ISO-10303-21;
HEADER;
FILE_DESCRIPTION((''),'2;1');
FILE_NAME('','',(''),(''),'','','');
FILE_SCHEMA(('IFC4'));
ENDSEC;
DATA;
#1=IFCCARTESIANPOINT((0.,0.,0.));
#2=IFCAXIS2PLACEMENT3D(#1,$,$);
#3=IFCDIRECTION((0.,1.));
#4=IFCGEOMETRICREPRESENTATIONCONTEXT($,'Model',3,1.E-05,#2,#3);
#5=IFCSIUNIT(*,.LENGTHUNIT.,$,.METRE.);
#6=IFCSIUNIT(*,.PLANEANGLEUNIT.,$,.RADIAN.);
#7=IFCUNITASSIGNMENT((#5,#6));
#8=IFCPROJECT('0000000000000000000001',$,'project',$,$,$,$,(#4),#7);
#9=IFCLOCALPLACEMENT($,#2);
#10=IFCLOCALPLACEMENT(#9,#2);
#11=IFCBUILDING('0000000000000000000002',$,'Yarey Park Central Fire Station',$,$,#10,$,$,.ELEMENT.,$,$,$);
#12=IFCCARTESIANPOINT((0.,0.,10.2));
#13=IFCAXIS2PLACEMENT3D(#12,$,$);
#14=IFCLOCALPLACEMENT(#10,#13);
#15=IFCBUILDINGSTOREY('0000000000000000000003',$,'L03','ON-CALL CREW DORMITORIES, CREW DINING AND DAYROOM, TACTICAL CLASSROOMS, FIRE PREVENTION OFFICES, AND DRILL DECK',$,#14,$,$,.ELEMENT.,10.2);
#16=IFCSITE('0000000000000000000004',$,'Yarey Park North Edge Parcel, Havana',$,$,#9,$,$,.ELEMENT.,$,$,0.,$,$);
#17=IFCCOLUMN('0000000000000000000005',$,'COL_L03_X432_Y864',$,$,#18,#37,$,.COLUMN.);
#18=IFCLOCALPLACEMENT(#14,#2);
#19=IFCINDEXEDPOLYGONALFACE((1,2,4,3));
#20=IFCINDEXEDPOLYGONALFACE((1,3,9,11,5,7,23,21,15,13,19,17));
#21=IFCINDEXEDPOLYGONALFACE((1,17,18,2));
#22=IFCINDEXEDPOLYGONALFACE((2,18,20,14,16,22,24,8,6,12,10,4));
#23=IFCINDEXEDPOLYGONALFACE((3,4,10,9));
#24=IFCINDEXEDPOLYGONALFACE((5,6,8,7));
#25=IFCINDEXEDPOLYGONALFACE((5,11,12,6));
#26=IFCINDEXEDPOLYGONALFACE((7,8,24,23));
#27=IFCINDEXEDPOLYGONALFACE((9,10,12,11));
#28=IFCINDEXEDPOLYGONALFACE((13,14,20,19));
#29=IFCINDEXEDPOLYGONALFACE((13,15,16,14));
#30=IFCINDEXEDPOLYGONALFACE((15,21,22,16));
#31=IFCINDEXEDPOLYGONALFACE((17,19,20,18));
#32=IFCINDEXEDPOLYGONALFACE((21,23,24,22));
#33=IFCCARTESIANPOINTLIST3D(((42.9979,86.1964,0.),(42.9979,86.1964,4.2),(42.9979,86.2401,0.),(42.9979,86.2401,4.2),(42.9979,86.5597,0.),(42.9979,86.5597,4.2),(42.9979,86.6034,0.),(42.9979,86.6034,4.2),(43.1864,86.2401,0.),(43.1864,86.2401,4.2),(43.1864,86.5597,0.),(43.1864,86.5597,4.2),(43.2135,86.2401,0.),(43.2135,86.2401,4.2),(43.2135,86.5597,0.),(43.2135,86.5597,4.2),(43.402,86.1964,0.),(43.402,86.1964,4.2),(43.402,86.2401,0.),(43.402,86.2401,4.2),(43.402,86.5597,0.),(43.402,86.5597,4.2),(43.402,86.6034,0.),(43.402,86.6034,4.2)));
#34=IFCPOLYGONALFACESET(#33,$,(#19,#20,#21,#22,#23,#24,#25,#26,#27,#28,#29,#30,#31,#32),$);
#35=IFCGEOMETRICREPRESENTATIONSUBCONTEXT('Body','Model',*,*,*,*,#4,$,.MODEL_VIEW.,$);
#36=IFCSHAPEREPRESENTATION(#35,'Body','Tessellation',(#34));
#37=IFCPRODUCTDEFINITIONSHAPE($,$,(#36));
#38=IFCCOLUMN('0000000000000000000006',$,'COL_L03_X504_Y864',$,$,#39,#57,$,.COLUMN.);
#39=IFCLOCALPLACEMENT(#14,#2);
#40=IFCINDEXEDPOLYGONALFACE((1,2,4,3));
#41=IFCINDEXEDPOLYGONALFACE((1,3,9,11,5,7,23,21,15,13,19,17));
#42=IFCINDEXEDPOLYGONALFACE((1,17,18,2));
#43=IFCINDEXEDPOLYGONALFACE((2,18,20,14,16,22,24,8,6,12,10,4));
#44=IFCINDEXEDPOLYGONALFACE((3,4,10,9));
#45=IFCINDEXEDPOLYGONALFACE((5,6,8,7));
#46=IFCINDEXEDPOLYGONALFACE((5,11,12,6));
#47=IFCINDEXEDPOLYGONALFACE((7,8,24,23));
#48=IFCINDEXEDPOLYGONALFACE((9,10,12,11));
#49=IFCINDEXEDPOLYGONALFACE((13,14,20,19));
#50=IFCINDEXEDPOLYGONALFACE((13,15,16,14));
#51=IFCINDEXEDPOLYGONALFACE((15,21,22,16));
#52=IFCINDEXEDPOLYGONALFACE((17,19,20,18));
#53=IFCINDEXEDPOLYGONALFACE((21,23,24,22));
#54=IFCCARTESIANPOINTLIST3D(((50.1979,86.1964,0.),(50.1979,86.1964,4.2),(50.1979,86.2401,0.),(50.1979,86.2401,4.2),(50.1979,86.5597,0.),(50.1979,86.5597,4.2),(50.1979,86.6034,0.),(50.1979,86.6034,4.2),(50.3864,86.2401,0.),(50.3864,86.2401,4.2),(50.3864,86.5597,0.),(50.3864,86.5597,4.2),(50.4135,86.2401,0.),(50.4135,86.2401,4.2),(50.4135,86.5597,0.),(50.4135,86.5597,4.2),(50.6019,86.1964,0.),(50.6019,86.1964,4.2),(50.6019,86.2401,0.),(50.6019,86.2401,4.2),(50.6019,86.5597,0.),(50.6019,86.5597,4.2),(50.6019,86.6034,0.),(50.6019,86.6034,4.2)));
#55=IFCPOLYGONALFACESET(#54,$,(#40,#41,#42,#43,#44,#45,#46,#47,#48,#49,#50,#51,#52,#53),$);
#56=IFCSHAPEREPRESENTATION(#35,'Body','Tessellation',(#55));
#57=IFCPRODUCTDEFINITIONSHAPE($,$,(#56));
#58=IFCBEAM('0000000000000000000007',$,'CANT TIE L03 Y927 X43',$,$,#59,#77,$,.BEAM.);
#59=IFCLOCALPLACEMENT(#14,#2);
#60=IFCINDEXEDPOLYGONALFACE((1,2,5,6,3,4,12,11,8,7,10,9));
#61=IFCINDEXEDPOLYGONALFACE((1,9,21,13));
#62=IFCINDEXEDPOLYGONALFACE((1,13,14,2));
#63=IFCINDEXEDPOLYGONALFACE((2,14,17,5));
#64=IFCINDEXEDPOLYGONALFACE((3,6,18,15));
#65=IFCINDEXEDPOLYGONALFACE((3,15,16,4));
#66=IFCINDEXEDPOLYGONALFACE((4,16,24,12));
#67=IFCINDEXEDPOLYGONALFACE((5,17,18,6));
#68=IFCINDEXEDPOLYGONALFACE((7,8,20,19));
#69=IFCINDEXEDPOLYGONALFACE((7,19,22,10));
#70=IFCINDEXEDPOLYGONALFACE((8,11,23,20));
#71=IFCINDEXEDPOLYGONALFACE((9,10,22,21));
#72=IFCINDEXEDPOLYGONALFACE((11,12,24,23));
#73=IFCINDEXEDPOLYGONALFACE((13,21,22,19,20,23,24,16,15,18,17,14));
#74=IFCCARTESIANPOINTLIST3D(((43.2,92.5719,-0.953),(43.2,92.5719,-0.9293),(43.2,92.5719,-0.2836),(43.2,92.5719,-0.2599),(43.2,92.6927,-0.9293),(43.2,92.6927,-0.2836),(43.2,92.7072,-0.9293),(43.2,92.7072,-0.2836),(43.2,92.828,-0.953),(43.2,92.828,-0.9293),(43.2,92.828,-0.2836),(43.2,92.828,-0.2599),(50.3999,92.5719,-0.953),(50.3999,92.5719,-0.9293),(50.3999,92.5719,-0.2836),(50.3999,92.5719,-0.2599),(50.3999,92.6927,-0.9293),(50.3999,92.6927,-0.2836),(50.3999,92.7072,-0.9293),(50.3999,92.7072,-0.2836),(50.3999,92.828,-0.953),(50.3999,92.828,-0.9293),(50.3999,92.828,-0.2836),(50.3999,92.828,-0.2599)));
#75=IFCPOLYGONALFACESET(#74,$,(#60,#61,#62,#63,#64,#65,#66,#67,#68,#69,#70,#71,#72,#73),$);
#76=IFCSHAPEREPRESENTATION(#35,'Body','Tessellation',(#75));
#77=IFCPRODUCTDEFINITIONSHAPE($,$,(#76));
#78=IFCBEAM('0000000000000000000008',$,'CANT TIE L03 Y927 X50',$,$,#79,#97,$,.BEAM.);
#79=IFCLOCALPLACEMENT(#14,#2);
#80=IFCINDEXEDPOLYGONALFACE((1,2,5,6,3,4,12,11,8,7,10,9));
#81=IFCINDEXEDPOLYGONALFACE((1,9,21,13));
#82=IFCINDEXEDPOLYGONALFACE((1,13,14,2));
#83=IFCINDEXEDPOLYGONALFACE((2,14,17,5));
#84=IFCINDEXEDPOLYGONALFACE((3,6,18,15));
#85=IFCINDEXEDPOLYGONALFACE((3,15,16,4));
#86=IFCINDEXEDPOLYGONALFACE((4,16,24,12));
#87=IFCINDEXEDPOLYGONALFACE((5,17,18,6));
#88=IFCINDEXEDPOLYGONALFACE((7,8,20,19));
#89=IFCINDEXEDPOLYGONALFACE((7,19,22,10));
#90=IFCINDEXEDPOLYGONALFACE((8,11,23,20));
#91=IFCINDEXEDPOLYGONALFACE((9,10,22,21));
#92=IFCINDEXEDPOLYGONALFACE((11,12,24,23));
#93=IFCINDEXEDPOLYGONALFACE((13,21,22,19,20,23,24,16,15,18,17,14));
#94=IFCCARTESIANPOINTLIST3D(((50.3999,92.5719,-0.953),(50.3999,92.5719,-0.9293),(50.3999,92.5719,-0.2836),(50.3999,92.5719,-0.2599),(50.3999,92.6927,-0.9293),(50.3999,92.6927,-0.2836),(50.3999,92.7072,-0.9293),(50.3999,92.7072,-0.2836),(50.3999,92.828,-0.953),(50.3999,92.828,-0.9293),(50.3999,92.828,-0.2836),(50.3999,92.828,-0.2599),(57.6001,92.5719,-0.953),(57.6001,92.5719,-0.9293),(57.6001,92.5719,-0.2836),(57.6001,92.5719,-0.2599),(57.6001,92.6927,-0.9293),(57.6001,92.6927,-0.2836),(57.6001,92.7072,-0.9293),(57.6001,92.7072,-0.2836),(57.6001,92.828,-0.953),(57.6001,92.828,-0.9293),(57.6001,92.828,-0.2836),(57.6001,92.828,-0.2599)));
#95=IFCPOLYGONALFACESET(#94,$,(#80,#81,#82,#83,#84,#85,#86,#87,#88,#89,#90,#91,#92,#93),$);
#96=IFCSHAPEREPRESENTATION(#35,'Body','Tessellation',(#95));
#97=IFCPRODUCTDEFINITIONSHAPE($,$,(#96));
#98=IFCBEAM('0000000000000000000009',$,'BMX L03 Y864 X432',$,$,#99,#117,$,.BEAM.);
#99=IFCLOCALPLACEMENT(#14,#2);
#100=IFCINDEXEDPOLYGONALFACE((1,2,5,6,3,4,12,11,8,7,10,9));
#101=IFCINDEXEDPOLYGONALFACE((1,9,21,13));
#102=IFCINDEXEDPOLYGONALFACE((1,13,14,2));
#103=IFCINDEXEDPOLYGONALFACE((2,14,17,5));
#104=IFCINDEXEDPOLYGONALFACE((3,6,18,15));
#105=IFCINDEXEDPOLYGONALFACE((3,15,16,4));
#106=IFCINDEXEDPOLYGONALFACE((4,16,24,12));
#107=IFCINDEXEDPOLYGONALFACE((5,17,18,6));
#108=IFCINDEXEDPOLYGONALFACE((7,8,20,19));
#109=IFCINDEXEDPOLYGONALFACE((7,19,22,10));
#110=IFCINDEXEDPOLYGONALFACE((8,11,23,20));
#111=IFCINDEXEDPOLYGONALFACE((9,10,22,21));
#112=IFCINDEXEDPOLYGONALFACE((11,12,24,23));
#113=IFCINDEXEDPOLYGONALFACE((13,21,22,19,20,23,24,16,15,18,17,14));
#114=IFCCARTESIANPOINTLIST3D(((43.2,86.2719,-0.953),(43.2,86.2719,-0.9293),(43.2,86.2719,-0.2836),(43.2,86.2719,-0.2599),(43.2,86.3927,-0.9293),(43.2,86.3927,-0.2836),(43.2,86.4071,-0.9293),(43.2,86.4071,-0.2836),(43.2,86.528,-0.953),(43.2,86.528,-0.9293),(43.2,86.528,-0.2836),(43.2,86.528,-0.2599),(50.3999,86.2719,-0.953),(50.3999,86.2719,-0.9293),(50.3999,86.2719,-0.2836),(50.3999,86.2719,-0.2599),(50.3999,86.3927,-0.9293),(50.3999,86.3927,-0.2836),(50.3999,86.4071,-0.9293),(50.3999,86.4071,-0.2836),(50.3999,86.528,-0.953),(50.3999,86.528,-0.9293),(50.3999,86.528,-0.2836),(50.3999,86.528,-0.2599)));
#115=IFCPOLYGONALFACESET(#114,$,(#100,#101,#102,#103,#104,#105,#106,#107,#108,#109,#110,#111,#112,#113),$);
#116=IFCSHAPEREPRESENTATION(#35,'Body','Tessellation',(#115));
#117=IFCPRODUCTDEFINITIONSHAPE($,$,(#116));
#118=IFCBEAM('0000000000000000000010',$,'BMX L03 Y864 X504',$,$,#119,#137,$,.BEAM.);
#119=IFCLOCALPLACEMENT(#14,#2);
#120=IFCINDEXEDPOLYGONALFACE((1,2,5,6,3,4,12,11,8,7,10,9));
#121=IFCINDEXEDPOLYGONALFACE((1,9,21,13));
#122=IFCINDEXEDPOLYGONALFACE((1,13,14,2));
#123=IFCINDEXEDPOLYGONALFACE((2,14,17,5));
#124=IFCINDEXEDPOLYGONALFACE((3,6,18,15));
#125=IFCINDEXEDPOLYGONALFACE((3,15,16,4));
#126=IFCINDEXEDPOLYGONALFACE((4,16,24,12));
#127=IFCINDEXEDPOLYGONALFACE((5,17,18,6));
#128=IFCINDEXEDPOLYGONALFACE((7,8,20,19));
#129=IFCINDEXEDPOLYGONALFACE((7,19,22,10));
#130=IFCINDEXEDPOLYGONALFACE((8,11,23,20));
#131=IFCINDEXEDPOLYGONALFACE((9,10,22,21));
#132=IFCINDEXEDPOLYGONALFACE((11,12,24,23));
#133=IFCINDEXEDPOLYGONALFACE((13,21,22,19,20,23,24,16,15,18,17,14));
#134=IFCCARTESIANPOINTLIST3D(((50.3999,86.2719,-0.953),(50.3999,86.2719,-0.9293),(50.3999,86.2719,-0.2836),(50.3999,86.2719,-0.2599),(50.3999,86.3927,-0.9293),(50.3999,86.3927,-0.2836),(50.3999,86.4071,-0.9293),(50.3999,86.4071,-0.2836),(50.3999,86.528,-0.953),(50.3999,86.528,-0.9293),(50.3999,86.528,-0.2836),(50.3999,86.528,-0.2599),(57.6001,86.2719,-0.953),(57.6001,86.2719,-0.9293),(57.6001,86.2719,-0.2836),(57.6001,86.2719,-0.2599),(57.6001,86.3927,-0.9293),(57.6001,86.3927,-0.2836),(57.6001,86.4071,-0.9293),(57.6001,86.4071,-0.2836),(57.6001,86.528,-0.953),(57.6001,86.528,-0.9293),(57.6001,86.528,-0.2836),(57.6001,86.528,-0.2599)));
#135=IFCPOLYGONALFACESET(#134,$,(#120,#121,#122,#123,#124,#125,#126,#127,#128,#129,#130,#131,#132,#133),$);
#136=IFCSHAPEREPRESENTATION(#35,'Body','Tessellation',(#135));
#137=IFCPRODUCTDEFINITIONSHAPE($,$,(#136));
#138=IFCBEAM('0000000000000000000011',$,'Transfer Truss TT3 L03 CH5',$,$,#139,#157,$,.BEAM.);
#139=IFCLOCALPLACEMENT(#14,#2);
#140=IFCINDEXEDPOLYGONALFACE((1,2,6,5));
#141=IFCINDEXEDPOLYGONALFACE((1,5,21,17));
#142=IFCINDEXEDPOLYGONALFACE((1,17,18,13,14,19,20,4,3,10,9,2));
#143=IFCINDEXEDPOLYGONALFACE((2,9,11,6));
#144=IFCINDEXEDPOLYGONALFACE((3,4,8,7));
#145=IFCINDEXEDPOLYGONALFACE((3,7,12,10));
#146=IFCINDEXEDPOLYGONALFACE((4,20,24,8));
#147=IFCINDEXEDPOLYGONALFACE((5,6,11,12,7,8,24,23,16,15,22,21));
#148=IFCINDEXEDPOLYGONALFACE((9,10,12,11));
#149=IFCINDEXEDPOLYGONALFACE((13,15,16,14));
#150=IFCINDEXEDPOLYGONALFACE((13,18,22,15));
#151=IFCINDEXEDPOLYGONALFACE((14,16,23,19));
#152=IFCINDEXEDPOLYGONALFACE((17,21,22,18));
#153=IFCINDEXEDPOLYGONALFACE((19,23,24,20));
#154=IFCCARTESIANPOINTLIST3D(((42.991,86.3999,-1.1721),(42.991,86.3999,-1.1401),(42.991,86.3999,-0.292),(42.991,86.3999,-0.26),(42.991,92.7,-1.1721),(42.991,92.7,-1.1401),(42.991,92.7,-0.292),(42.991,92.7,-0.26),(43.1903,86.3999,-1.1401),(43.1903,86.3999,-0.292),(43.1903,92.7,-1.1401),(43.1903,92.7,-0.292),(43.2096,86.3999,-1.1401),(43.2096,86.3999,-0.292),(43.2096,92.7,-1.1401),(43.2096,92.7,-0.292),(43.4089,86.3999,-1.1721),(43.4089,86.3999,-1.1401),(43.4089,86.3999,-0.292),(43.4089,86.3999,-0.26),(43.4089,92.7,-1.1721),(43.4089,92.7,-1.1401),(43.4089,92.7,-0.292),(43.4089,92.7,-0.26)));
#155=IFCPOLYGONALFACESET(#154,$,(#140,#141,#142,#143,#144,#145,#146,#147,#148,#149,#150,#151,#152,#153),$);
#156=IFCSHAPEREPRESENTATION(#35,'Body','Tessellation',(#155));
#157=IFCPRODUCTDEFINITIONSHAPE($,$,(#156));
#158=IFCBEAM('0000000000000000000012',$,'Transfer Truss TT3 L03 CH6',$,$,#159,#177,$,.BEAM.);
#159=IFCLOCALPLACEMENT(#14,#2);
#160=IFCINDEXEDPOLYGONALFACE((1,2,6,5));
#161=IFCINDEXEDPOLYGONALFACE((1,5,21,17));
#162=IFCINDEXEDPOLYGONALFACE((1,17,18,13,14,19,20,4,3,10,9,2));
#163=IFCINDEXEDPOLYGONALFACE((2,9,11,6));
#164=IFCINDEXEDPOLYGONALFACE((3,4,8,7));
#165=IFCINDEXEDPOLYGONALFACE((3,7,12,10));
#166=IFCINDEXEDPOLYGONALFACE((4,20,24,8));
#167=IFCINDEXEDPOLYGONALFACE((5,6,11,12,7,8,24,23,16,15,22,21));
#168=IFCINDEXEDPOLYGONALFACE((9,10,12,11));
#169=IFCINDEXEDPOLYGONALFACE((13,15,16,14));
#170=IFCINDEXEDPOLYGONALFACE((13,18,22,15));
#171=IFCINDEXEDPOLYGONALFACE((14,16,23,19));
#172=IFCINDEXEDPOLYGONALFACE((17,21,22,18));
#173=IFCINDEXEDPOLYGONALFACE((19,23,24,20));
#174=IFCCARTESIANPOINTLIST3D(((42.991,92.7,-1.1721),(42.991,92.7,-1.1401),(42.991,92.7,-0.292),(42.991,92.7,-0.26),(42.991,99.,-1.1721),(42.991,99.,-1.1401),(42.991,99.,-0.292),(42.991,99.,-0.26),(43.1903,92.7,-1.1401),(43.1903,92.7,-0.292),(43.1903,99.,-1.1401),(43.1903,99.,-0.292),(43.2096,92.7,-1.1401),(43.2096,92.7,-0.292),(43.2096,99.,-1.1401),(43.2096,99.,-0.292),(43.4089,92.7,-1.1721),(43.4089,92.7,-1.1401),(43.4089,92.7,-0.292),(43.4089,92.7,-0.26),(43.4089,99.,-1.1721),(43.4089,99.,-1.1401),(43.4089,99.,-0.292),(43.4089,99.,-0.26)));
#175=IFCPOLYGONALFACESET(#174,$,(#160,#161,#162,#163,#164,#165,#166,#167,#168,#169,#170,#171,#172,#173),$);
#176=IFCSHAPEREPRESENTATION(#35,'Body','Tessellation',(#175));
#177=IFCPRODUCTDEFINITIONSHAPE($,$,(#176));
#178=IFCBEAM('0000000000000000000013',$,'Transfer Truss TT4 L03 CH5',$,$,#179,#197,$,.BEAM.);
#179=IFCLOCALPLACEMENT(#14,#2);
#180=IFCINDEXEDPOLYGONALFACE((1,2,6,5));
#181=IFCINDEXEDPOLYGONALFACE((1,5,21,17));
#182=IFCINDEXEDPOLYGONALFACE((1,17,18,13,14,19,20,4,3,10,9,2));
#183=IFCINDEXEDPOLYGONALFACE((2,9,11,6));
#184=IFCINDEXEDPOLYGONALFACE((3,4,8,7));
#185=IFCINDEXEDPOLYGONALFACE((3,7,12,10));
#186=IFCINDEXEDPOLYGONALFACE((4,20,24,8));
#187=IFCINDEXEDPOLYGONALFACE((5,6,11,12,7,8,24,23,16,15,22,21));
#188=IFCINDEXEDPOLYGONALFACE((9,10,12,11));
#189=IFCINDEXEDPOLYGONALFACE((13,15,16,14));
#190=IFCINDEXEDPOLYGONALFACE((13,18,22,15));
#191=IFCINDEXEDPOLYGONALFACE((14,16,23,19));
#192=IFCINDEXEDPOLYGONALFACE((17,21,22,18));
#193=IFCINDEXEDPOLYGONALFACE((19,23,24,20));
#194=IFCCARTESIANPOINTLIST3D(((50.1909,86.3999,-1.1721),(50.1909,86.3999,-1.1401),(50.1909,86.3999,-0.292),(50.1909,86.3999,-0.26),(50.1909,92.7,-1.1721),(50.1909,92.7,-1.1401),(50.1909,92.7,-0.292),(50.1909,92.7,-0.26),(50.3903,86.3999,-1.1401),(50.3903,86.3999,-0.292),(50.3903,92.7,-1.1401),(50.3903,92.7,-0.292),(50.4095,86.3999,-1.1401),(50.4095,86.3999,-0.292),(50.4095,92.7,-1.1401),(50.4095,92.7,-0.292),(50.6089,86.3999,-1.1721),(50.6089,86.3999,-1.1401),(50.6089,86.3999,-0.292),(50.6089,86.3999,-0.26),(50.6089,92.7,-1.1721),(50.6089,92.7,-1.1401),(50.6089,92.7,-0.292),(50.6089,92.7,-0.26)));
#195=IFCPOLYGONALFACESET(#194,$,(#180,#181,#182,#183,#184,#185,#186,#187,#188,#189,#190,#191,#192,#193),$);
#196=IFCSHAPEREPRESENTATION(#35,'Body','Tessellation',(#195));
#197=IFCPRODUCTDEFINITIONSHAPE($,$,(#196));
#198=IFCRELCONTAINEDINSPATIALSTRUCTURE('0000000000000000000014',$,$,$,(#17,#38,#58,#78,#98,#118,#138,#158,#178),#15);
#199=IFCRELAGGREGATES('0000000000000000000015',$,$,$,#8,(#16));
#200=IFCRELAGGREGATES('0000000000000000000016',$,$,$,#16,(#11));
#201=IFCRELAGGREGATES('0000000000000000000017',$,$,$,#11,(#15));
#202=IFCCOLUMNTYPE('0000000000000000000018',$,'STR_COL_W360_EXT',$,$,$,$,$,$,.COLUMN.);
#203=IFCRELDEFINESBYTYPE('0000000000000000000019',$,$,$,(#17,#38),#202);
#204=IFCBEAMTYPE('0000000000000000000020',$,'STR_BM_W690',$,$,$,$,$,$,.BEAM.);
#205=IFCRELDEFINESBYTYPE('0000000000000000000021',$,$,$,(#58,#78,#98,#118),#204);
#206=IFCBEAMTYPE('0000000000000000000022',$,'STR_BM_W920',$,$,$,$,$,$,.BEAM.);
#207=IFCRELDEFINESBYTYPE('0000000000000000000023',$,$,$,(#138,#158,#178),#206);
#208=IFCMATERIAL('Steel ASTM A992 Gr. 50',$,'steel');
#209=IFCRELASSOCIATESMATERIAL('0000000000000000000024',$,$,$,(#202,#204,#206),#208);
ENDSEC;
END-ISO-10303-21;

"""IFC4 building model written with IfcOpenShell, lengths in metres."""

from ifc_helpers import new_model, si_unit, direction, frame, origin, origin_2d, place, context, subcontext, project, spatial, i_section, extrude, material, material_profile, profile_set, type_object, element, save


model = new_model("IFC4")

# Units and contexts
model_context = context("Model", 3, precision=1e-05, world=origin(), true_north=direction((0.0, 1.0)))
body_context = subcontext(model_context, "Body", "Model", "MODEL_VIEW")
ifc_project = project(units=[si_unit("LENGTHUNIT", "METRE"), si_unit("PLANEANGLEUNIT", "RADIAN")], contexts=[model_context])

# Site, building, storey
site_placement = place(None, origin())
site = spatial("IfcSite", under=ifc_project, at=site_placement, Name="Yarey Park North Edge Parcel, Havana", CompositionType="ELEMENT", RefElevation=0.0)
building_placement = place(site_placement, origin())
building = spatial("IfcBuilding", under=site, at=building_placement, Name="Yarey Park Central Fire Station", CompositionType="ELEMENT")
storey_placement = place(building_placement, frame((0.0, 0.0, 10.2)))
storey = spatial("IfcBuildingStorey", under=building, at=storey_placement, Name="L03", Description="ON-CALL CREW DORMITORIES, CREW DINING AND DAYROOM, TACTICAL CLASSROOMS, FIRE PREVENTION OFFICES, AND DRILL DECK", CompositionType="ELEMENT", Elevation=10.2)

# Columns
ifc_material_1 = material(Name="Steel ASTM A992 Gr. 50", Category="steel")
ifc_material_profile_1 = material_profile(ifc_material_1, i_section(OverallWidth=0.4041, OverallDepth=0.407, WebThickness=0.0271, FlangeThickness=0.0437, at=origin_2d()), Name="W360x347")
ifc_profile_set_1 = profile_set([ifc_material_profile_1], Name="Steel ASTM A992 Gr. 50")
column_type = type_object("IfcColumnType", Name="STR_COL_W360_EXT", PredefinedType="COLUMN", material=ifc_profile_set_1)
for number, where, z_axis, x_axis, name in (
    (1, (43.2, 86.3999, 0.0), (0.0, 0.0, 1.0), (1.0, 0.0, 0.0), "COL_L03_X432_Y864"),
    (2, (50.3999, 86.3999, 0.0), (0.0, 0.0, 1.0), (1.0, 0.0, 0.0), "COL_L03_X504_Y864"),
):
    element("IfcColumn", number, at=place(storey_placement, frame(where, z_axis=z_axis, x_axis=x_axis)), inside=storey, type_object=column_type, Name=name, PredefinedType="COLUMN", context=body_context, shape_type="SweptSolid", body=[
        extrude(i_section(OverallWidth=0.4041, OverallDepth=0.407, WebThickness=0.0271, FlangeThickness=0.0437, at=origin_2d()), origin(), (0.0, 0.0, 1.0), 4.2),
    ])

# Beams
ifc_material_profile_2 = material_profile(ifc_material_1, i_section(OverallWidth=0.2561, OverallDepth=0.6931, WebThickness=0.0144, FlangeThickness=0.0237, at=origin_2d()), Name="W690x170")
ifc_profile_set_2 = profile_set([ifc_material_profile_2], Name="Steel ASTM A992 Gr. 50")
beam_type_1 = type_object("IfcBeamType", Name="STR_BM_W690", PredefinedType="BEAM", material=ifc_profile_set_2)
beam_1_placement = place(storey_placement, frame((43.2, 92.7, -0.6064), z_axis=(1.0, 0.0, 0.0), x_axis=(0.0, 1.0, 0.0)))
element("IfcBeam", 3, at=beam_1_placement, inside=storey, type_object=beam_type_1, Name="CANT TIE L03 Y927 X43", PredefinedType="BEAM", context=body_context, shape_type="SweptSolid", body=[
    extrude(i_section(OverallWidth=0.2561, OverallDepth=0.6931, WebThickness=0.0144, FlangeThickness=0.0237, at=origin_2d()), origin(), (0.0, 0.0, 1.0), 7.2),
])
beam_2_placement = place(storey_placement, frame((50.3999, 92.7, -0.6064), z_axis=(1.0, 0.0, 0.0), x_axis=(0.0, 1.0, 0.0)))
element("IfcBeam", 4, at=beam_2_placement, inside=storey, type_object=beam_type_1, Name="CANT TIE L03 Y927 X50", PredefinedType="BEAM", context=body_context, shape_type="SweptSolid", body=[
    extrude(i_section(OverallWidth=0.2561, OverallDepth=0.6931, WebThickness=0.0144, FlangeThickness=0.0237, at=origin_2d()), origin(), (0.0, 0.0, 1.0), 7.2002),
])
beam_3_placement = place(storey_placement, frame((43.2, 86.3999, -0.6064), z_axis=(1.0, 0.0, 0.0), x_axis=(0.0, 1.0, 0.0)))
element("IfcBeam", 5, at=beam_3_placement, inside=storey, type_object=beam_type_1, Name="BMX L03 Y864 X432", PredefinedType="BEAM", context=body_context, shape_type="SweptSolid", body=[
    extrude(i_section(OverallWidth=0.2561, OverallDepth=0.6931, WebThickness=0.0144, FlangeThickness=0.0237, at=origin_2d()), origin(), (0.0, 0.0, 1.0), 7.2),
])
beam_4_placement = place(storey_placement, frame((50.3999, 86.3999, -0.6064), z_axis=(1.0, 0.0, 0.0), x_axis=(0.0, 1.0, 0.0)))
element("IfcBeam", 6, at=beam_4_placement, inside=storey, type_object=beam_type_1, Name="BMX L03 Y864 X504", PredefinedType="BEAM", context=body_context, shape_type="SweptSolid", body=[
    extrude(i_section(OverallWidth=0.2561, OverallDepth=0.6931, WebThickness=0.0144, FlangeThickness=0.0237, at=origin_2d()), origin(), (0.0, 0.0, 1.0), 7.2002),
])
ifc_material_profile_3 = material_profile(ifc_material_1, i_section(OverallWidth=0.418, OverallDepth=0.9121, WebThickness=0.0193, FlangeThickness=0.032, at=origin_2d()), Name="W920x342")
ifc_profile_set_3 = profile_set([ifc_material_profile_3], Name="Steel ASTM A992 Gr. 50")
beam_type_2 = type_object("IfcBeamType", Name="STR_BM_W920", PredefinedType="BEAM", material=ifc_profile_set_3)
for number, where, z_axis, x_axis, name in (
    (7, (43.2, 86.3999, -0.7161), (0.0, 1.0, 0.0), (-1.0, 0.0, 0.0), "Transfer Truss TT3 L03 CH5"),
    (8, (43.2, 92.7, -0.7161), (0.0, 1.0, 0.0), (-1.0, 0.0, 0.0), "Transfer Truss TT3 L03 CH6"),
    (9, (50.3999, 86.3999, -0.7161), (0.0, 1.0, 0.0), (-1.0, 0.0, 0.0), "Transfer Truss TT4 L03 CH5"),
):
    element("IfcBeam", number, at=place(storey_placement, frame(where, z_axis=z_axis, x_axis=x_axis)), inside=storey, type_object=beam_type_2, Name=name, PredefinedType="BEAM", context=body_context, shape_type="SweptSolid", body=[
        extrude(i_section(OverallWidth=0.418, OverallDepth=0.9121, WebThickness=0.0193, FlangeThickness=0.032, at=origin_2d()), origin(), (0.0, 0.0, 1.0), 6.3),
    ])

save(model, "model.ifc")
